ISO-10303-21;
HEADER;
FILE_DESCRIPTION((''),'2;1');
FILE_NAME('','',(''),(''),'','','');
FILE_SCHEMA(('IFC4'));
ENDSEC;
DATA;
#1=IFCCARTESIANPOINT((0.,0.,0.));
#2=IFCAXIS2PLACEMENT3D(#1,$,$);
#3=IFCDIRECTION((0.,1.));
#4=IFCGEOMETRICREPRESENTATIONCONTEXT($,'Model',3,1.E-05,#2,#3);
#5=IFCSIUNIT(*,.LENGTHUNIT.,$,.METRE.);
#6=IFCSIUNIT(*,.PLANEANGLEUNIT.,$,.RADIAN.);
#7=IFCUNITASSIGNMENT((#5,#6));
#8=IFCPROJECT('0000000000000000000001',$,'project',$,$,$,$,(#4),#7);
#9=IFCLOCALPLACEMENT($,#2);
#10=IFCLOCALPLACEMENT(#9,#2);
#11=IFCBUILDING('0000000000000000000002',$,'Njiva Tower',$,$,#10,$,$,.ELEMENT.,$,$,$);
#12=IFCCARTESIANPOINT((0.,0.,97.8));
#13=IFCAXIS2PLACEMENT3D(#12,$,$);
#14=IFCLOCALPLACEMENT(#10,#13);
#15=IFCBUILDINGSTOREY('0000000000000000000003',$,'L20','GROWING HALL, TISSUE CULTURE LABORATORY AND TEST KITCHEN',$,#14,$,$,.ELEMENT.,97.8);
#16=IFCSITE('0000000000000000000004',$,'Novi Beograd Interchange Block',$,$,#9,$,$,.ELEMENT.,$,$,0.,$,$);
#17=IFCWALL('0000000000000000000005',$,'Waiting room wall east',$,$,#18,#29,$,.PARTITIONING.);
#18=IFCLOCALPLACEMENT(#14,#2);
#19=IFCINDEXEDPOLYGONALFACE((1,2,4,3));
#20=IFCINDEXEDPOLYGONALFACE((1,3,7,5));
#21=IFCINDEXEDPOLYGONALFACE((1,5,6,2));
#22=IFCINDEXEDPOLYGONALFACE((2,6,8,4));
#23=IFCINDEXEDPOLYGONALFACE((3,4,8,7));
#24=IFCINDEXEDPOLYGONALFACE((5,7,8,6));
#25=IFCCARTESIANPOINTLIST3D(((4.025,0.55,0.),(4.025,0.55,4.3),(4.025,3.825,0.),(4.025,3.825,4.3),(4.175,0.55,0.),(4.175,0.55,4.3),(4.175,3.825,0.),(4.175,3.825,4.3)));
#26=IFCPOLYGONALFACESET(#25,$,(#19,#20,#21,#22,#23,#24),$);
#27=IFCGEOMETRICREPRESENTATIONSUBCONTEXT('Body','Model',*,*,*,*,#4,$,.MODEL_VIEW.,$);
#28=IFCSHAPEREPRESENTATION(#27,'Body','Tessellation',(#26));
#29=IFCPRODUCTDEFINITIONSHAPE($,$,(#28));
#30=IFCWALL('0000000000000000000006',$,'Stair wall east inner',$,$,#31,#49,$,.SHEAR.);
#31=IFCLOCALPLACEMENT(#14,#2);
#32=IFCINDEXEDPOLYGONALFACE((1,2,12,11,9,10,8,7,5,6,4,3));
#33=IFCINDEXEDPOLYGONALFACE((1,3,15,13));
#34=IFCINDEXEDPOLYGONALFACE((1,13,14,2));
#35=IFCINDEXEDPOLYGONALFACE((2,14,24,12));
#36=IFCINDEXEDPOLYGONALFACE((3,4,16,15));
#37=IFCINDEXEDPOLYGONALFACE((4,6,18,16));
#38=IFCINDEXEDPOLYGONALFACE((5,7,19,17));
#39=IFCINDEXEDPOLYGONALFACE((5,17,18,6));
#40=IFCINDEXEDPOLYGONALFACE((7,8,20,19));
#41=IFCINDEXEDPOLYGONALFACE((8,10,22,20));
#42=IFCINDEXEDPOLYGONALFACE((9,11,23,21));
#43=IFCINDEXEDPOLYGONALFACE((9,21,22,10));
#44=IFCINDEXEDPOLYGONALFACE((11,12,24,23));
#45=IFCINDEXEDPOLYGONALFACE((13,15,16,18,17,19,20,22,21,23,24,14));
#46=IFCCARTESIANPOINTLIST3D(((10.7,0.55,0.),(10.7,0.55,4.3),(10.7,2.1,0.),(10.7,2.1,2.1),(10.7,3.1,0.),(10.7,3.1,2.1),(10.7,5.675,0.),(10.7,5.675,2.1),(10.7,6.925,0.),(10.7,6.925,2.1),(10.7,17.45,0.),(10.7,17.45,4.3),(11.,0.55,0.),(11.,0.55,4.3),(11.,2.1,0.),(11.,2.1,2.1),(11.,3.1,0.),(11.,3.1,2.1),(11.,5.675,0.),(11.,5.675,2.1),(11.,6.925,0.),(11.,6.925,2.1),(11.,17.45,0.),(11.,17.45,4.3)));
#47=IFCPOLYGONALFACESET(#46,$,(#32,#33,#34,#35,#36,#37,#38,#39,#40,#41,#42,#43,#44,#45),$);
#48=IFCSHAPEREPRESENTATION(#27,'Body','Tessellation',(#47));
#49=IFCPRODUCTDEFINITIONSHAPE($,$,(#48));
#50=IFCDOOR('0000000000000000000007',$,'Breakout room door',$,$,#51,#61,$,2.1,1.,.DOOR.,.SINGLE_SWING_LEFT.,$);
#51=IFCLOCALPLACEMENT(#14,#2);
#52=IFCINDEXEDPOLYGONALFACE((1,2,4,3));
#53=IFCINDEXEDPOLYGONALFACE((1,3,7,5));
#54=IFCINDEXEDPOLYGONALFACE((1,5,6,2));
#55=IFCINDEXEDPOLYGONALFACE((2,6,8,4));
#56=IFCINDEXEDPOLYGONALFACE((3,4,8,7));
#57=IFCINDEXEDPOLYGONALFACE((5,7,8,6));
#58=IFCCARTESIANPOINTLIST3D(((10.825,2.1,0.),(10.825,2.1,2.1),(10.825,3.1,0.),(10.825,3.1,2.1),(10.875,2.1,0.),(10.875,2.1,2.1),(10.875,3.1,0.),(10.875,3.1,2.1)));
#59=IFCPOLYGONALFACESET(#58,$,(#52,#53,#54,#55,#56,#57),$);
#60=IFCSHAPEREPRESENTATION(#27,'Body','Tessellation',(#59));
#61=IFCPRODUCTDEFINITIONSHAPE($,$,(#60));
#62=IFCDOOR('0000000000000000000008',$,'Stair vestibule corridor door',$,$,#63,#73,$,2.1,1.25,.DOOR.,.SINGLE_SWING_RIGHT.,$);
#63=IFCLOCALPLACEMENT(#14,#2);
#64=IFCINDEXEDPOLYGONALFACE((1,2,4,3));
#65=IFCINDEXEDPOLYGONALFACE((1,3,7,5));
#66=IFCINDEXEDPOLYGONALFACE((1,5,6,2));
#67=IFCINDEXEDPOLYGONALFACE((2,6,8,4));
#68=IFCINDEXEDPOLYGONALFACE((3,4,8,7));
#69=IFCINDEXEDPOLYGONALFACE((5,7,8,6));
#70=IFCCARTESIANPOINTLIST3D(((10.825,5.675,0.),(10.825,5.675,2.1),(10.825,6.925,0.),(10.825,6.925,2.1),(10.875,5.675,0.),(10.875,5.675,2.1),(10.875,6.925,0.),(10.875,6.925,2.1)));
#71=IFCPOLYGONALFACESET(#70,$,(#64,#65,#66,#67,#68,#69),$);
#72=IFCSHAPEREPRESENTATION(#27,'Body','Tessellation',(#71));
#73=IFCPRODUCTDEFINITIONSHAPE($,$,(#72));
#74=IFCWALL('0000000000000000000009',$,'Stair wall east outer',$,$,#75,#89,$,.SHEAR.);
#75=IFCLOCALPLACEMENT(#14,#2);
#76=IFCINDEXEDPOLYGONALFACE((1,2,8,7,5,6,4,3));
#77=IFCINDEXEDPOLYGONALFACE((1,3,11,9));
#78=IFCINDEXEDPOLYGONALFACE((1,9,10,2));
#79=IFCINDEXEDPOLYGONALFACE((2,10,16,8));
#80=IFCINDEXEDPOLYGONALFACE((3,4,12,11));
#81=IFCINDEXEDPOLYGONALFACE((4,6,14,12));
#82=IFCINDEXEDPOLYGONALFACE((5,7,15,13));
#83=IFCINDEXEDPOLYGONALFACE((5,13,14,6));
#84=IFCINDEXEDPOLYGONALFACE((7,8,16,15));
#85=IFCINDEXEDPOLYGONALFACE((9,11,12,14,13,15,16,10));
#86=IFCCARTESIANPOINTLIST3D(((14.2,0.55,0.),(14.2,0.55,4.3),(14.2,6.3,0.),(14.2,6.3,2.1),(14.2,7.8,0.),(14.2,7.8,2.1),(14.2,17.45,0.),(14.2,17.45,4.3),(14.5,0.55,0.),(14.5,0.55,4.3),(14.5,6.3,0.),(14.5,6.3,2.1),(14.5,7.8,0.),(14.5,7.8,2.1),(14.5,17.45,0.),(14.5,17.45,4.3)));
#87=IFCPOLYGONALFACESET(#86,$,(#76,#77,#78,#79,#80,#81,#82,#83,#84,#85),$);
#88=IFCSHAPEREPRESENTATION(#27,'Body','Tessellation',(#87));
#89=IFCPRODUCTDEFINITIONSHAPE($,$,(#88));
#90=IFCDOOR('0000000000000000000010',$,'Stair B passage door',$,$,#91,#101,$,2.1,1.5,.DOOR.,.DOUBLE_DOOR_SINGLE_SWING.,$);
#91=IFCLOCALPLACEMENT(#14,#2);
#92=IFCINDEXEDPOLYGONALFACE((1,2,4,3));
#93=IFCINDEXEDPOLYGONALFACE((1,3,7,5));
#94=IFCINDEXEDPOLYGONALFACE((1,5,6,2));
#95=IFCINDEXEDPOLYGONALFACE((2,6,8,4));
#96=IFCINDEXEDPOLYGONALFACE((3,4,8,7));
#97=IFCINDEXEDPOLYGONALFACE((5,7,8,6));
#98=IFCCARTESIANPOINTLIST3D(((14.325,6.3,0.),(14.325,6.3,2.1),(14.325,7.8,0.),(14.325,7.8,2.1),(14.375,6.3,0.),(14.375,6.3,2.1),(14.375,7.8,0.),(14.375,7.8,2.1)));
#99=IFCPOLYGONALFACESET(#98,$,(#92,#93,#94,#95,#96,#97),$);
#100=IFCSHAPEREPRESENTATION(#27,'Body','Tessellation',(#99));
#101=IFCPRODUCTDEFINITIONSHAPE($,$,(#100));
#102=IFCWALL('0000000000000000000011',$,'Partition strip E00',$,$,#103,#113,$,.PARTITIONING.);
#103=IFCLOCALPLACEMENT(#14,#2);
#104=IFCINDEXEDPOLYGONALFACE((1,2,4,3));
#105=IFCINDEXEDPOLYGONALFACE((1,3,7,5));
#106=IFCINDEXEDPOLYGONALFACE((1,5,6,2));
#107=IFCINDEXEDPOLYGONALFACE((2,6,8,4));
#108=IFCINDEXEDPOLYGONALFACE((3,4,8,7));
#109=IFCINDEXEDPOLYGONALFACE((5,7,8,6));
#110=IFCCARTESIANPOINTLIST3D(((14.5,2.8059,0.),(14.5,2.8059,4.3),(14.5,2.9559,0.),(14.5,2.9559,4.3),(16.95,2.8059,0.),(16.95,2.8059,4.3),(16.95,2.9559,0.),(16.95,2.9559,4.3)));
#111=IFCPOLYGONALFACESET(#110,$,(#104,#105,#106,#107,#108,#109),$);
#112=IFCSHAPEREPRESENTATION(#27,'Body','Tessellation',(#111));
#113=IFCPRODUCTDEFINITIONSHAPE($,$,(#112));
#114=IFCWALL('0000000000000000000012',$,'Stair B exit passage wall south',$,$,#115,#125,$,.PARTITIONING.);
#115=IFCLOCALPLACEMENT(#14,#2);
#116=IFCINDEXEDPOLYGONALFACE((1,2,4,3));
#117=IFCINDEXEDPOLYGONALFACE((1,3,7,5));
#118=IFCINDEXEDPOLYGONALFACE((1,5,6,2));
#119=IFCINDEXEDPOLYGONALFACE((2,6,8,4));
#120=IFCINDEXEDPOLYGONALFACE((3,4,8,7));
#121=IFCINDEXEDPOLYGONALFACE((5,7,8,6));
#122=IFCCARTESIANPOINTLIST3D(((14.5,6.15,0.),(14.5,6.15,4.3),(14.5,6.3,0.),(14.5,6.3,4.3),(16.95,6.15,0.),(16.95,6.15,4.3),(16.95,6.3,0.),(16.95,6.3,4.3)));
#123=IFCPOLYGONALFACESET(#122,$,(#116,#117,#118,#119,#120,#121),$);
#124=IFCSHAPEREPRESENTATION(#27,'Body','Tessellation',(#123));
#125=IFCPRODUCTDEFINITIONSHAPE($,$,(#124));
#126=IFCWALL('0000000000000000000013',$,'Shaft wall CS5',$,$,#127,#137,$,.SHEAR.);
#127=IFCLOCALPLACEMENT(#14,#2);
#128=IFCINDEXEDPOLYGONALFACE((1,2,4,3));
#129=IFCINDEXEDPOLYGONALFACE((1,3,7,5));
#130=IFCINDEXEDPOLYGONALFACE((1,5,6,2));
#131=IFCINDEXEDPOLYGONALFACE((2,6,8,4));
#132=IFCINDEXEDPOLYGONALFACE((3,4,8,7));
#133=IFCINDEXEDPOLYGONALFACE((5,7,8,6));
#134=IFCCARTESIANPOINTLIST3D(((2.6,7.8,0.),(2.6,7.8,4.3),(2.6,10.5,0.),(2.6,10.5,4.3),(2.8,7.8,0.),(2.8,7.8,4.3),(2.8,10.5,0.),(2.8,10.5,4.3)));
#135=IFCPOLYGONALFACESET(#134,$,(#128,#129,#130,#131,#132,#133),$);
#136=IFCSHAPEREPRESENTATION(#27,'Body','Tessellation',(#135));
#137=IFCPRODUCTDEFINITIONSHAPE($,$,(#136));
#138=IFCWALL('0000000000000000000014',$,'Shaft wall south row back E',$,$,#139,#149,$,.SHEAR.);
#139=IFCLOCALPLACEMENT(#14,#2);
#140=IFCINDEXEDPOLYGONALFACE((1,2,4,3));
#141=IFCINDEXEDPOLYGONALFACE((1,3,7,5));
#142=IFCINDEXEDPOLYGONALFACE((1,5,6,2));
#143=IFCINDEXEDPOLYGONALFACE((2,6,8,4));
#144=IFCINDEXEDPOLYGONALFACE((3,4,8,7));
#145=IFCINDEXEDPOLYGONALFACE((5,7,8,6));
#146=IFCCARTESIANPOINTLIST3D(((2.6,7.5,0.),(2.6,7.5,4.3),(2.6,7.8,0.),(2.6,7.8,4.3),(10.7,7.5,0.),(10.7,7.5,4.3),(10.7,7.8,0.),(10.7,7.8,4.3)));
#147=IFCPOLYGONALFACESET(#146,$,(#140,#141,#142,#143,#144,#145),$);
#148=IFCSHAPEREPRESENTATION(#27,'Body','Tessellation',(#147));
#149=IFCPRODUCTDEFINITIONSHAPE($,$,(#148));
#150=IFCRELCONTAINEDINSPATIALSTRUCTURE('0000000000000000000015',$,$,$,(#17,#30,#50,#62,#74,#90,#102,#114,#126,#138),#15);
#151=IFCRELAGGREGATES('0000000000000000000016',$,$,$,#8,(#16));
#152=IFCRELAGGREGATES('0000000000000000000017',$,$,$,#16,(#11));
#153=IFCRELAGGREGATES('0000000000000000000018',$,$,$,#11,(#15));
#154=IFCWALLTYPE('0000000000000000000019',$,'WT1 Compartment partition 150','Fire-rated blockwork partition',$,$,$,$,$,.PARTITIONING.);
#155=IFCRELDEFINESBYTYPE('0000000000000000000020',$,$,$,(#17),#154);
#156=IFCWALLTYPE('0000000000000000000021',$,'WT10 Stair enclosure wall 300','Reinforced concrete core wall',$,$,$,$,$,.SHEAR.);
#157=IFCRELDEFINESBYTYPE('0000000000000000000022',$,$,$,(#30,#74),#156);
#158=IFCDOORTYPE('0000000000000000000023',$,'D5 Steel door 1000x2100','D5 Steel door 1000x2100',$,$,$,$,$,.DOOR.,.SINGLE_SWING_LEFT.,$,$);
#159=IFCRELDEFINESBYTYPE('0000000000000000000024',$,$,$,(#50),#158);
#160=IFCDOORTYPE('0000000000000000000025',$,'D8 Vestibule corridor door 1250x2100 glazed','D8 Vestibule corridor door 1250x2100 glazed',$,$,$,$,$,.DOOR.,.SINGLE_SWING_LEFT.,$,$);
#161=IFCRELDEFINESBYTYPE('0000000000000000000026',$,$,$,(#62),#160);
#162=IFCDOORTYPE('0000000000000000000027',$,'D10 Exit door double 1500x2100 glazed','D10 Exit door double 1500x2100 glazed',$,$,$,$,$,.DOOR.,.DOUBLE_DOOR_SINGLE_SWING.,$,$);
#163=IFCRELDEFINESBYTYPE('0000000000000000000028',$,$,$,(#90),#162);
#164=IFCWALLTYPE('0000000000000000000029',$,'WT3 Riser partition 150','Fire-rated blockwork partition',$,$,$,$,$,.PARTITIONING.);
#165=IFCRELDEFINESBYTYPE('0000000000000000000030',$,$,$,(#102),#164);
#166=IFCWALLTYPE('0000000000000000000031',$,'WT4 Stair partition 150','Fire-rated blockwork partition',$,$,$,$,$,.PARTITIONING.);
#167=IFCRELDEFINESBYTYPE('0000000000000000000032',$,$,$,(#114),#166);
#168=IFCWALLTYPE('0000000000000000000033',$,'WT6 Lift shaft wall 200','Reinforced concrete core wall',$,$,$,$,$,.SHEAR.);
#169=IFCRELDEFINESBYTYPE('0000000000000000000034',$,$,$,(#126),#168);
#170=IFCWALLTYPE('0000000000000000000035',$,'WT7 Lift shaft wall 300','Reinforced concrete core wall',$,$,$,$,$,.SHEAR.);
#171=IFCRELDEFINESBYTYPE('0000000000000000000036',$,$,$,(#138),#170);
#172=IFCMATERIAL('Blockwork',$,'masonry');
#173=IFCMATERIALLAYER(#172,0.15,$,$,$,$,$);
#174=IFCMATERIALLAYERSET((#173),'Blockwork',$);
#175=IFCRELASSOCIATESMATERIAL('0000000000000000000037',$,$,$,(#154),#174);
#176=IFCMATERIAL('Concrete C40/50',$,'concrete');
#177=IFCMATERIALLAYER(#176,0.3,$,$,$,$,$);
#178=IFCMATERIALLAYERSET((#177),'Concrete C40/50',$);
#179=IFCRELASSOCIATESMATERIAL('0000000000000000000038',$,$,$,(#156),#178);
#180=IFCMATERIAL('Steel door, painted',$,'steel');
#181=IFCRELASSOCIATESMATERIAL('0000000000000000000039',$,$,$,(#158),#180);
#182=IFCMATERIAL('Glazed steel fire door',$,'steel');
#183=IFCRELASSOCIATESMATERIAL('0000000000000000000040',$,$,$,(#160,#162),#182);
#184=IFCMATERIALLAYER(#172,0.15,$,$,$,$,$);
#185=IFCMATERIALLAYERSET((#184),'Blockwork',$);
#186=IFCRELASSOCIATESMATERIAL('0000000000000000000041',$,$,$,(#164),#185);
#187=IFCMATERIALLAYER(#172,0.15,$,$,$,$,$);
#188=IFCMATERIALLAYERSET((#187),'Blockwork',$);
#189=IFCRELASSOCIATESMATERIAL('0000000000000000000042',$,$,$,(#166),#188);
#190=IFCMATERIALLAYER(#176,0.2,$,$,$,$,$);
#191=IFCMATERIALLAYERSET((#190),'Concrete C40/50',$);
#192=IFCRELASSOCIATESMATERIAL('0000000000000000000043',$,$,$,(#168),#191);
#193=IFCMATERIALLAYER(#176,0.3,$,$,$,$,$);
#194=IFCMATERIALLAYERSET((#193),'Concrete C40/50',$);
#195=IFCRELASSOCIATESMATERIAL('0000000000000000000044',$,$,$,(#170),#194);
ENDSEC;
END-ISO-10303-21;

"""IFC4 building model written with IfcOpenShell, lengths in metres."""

from ifc_helpers import new_model, si_unit, direction, frame, frame_2d, origin, place, context, subcontext, project, spatial, rectangle, extrude, material, layer, layer_set, type_object, element, fill, save


model = new_model("IFC4")

# Units and contexts
model_context = context("Model", 3, precision=1e-05, world=origin(), true_north=direction((0.0, 1.0)))
body_context = subcontext(model_context, "Body", "Model", "MODEL_VIEW")
ifc_project = project(units=[si_unit("LENGTHUNIT", "METRE"), si_unit("PLANEANGLEUNIT", "RADIAN")], contexts=[model_context])

# Site, building, storey
site_placement = place(None, origin())
site = spatial("IfcSite", under=ifc_project, at=site_placement, Name="Novi Beograd Interchange Block", CompositionType="ELEMENT", RefElevation=0.0)
building_placement = place(site_placement, origin())
building = spatial("IfcBuilding", under=site, at=building_placement, Name="Njiva Tower", CompositionType="ELEMENT")
storey_placement = place(building_placement, frame((0.0, 0.0, 97.8)))
storey = spatial("IfcBuildingStorey", under=building, at=storey_placement, Name="L20", Description="GROWING HALL, TISSUE CULTURE LABORATORY AND TEST KITCHEN", CompositionType="ELEMENT", Elevation=97.8)

# Shared definitions
ifc_material_1 = material(Name="Concrete C40/50", Category="concrete")

# Shared definitions
ifc_material_2 = material(Name="Blockwork", Category="masonry")
ifc_layer_1 = layer(ifc_material_2, 0.15)
ifc_layer_set_1 = layer_set([ifc_layer_1], Name="Blockwork")
wall_type_1 = type_object("IfcWallType", Name="WT1 Compartment partition 150", Description="Fire-rated blockwork partition", PredefinedType="PARTITIONING", material=ifc_layer_set_1)

# Wall
wall_1_placement = place(storey_placement, frame((4.1, 0.55, 0.0), z_axis=(0.0, 0.0, 1.0), x_axis=(0.0, 1.0, 0.0)))
element("IfcWall", 1, at=wall_1_placement, inside=storey, type_object=wall_type_1, Name="Waiting room wall east", PredefinedType="PARTITIONING", context=body_context, shape_type="SweptSolid", body=[
    extrude(rectangle(XDim=3.275, YDim=0.15, at=frame_2d((1.6375, 0.0))), origin(), (0.0, 0.0, 1.0), 4.3),
])

# Wall, openings, doors
ifc_layer_2 = layer(ifc_material_1, 0.3)
ifc_layer_set_2 = layer_set([ifc_layer_2], Name="Concrete C40/50")
wall_type_2 = type_object("IfcWallType", Name="WT10 Stair enclosure wall 300", Description="Reinforced concrete core wall", PredefinedType="SHEAR", material=ifc_layer_set_2)
wall_2_placement = place(storey_placement, frame((10.85, 0.55, 0.0), z_axis=(0.0, 0.0, 1.0), x_axis=(0.0, 1.0, 0.0)))
wall_2 = element("IfcWall", 2, at=wall_2_placement, inside=storey, type_object=wall_type_2, Name="Stair wall east inner", PredefinedType="SHEAR", context=body_context, shape_type="SweptSolid", body=[
    extrude(rectangle(XDim=16.9, YDim=0.3, at=frame_2d((8.45, 0.0))), origin(), (0.0, 0.0, 1.0), 4.3),
])
opening_1_placement = place(wall_2_placement, frame((5.125, 0.0, 0.0)))
opening_1 = element("IfcOpeningElement", 3, at=opening_1_placement, cuts=wall_2, PredefinedType="OPENING", context=body_context, shape_type="SweptSolid", body=[
    extrude(rectangle(XDim=1.25, YDim=2.1, at=frame_2d((0.625, 1.05))), frame((0.0, 0.16, 0.0), z_axis=(0.0, -1.0, 0.0), x_axis=(1.0, 0.0, 0.0)), (0.0, 0.0, 1.0), 0.32),
])
opening_2_placement = place(wall_2_placement, frame((1.55, 0.0, 0.0)))
opening_2 = element("IfcOpeningElement", 4, at=opening_2_placement, cuts=wall_2, PredefinedType="OPENING", context=body_context, shape_type="SweptSolid", body=[
    extrude(rectangle(XDim=1.0, YDim=2.1, at=frame_2d((0.5, 1.05))), frame((0.0, 0.16, 0.0), z_axis=(0.0, -1.0, 0.0), x_axis=(1.0, 0.0, 0.0)), (0.0, 0.0, 1.0), 0.32),
])
ifc_material_3 = material(Name="Steel door, painted", Category="steel")
door_type_1 = type_object("IfcDoorType", Name="D5 Steel door 1000x2100", Description="D5 Steel door 1000x2100", OperationType="SINGLE_SWING_LEFT", PredefinedType="DOOR", material=ifc_material_3)
door_1_placement = place(opening_2_placement, origin())
door_1 = element("IfcDoor", 5, at=door_1_placement, inside=storey, type_object=door_type_1, Name="Breakout room door", OperationType="SINGLE_SWING_LEFT", OverallHeight=2.1, OverallWidth=1.0, PredefinedType="DOOR", context=body_context, shape_type="SweptSolid", body=[
    extrude(rectangle(XDim=1.0, YDim=2.1, at=frame_2d((0.5, 1.05))), frame((0.0, 0.025, 0.0), z_axis=(0.0, -1.0, 0.0), x_axis=(1.0, 0.0, 0.0)), (0.0, 0.0, 1.0), 0.05),
])
fill(opening_2, door_1)
ifc_material_4 = material(Name="Glazed steel fire door", Category="steel")
door_type_2 = type_object("IfcDoorType", Name="D8 Vestibule corridor door 1250x2100 glazed", Description="D8 Vestibule corridor door 1250x2100 glazed", OperationType="SINGLE_SWING_LEFT", PredefinedType="DOOR", material=ifc_material_4)
door_2_placement = place(opening_1_placement, origin())
door_2 = element("IfcDoor", 6, at=door_2_placement, inside=storey, type_object=door_type_2, Name="Stair vestibule corridor door", OperationType="SINGLE_SWING_RIGHT", OverallHeight=2.1, OverallWidth=1.25, PredefinedType="DOOR", context=body_context, shape_type="SweptSolid", body=[
    extrude(rectangle(XDim=1.25, YDim=2.1, at=frame_2d((0.625, 1.05))), frame((0.0, 0.025, 0.0), z_axis=(0.0, -1.0, 0.0), x_axis=(1.0, 0.0, 0.0)), (0.0, 0.0, 1.0), 0.05),
])
fill(opening_1, door_2)

# Wall, opening, door
wall_3_placement = place(storey_placement, frame((14.35, 0.55, 0.0), z_axis=(0.0, 0.0, 1.0), x_axis=(0.0, 1.0, 0.0)))
wall_3 = element("IfcWall", 7, at=wall_3_placement, inside=storey, type_object=wall_type_2, Name="Stair wall east outer", PredefinedType="SHEAR", context=body_context, shape_type="SweptSolid", body=[
    extrude(rectangle(XDim=16.9, YDim=0.3, at=frame_2d((8.45, 0.0))), origin(), (0.0, 0.0, 1.0), 4.3),
])
opening_3_placement = place(wall_3_placement, frame((5.75, 0.0, 0.0)))
opening_3 = element("IfcOpeningElement", 8, at=opening_3_placement, cuts=wall_3, PredefinedType="OPENING", context=body_context, shape_type="SweptSolid", body=[
    extrude(rectangle(XDim=1.5, YDim=2.1, at=frame_2d((0.75, 1.05))), frame((0.0, 0.16, 0.0), z_axis=(0.0, -1.0, 0.0), x_axis=(1.0, 0.0, 0.0)), (0.0, 0.0, 1.0), 0.32),
])
door_type_3 = type_object("IfcDoorType", Name="D10 Exit door double 1500x2100 glazed", Description="D10 Exit door double 1500x2100 glazed", OperationType="DOUBLE_DOOR_SINGLE_SWING", PredefinedType="DOOR", material=ifc_material_4)
door_3_placement = place(opening_3_placement, origin())
door_3 = element("IfcDoor", 9, at=door_3_placement, inside=storey, type_object=door_type_3, Name="Stair B passage door", OperationType="DOUBLE_DOOR_SINGLE_SWING", OverallHeight=2.1, OverallWidth=1.5, PredefinedType="DOOR", context=body_context, shape_type="SweptSolid", body=[
    extrude(rectangle(XDim=1.5, YDim=2.1, at=frame_2d((0.75, 1.05))), frame((0.0, 0.025, 0.0), z_axis=(0.0, -1.0, 0.0), x_axis=(1.0, 0.0, 0.0)), (0.0, 0.0, 1.0), 0.05),
])
fill(opening_3, door_3)

# Walls
ifc_layer_3 = layer(ifc_material_2, 0.15)
ifc_layer_set_3 = layer_set([ifc_layer_3], Name="Blockwork")
wall_type_3 = type_object("IfcWallType", Name="WT3 Riser partition 150", Description="Fire-rated blockwork partition", PredefinedType="PARTITIONING", material=ifc_layer_set_3)
wall_4_placement = place(storey_placement, frame((14.5, 2.8809, 0.0), z_axis=(0.0, 0.0, 1.0), x_axis=(1.0, 0.0, 0.0)))
element("IfcWall", 10, at=wall_4_placement, inside=storey, type_object=wall_type_3, Name="Partition strip E00", PredefinedType="PARTITIONING", context=body_context, shape_type="SweptSolid", body=[
    extrude(rectangle(XDim=2.45, YDim=0.15, at=frame_2d((1.225, 0.0))), origin(), (0.0, 0.0, 1.0), 4.3),
])
ifc_layer_4 = layer(ifc_material_2, 0.15)
ifc_layer_set_4 = layer_set([ifc_layer_4], Name="Blockwork")
wall_type_4 = type_object("IfcWallType", Name="WT4 Stair partition 150", Description="Fire-rated blockwork partition", PredefinedType="PARTITIONING", material=ifc_layer_set_4)
wall_5_placement = place(storey_placement, frame((14.5, 6.225, 0.0), z_axis=(0.0, 0.0, 1.0), x_axis=(1.0, 0.0, 0.0)))
element("IfcWall", 11, at=wall_5_placement, inside=storey, type_object=wall_type_4, Name="Stair B exit passage wall south", PredefinedType="PARTITIONING", context=body_context, shape_type="SweptSolid", body=[
    extrude(rectangle(XDim=2.45, YDim=0.15, at=frame_2d((1.225, 0.0))), origin(), (0.0, 0.0, 1.0), 4.3),
])
ifc_layer_5 = layer(ifc_material_1, 0.2)
ifc_layer_set_5 = layer_set([ifc_layer_5], Name="Concrete C40/50")
wall_type_5 = type_object("IfcWallType", Name="WT6 Lift shaft wall 200", Description="Reinforced concrete core wall", PredefinedType="SHEAR", material=ifc_layer_set_5)
wall_6_placement = place(storey_placement, frame((2.7, 7.8, 0.0), z_axis=(0.0, 0.0, 1.0), x_axis=(0.0, 1.0, 0.0)))
element("IfcWall", 12, at=wall_6_placement, inside=storey, type_object=wall_type_5, Name="Shaft wall CS5", PredefinedType="SHEAR", context=body_context, shape_type="SweptSolid", body=[
    extrude(rectangle(XDim=2.7, YDim=0.2, at=frame_2d((1.35, 0.0))), origin(), (0.0, 0.0, 1.0), 4.3),
])
ifc_layer_6 = layer(ifc_material_1, 0.3)
ifc_layer_set_6 = layer_set([ifc_layer_6], Name="Concrete C40/50")
wall_type_6 = type_object("IfcWallType", Name="WT7 Lift shaft wall 300", Description="Reinforced concrete core wall", PredefinedType="SHEAR", material=ifc_layer_set_6)
wall_7_placement = place(storey_placement, frame((2.6, 7.65, 0.0), z_axis=(0.0, 0.0, 1.0), x_axis=(1.0, 0.0, 0.0)))
element("IfcWall", 13, at=wall_7_placement, inside=storey, type_object=wall_type_6, Name="Shaft wall south row back E", PredefinedType="SHEAR", context=body_context, shape_type="SweptSolid", body=[
    extrude(rectangle(XDim=8.1, YDim=0.3, at=frame_2d((4.05, 0.0))), origin(), (0.0, 0.0, 1.0), 4.3),
])

save(model, "model.ifc")
